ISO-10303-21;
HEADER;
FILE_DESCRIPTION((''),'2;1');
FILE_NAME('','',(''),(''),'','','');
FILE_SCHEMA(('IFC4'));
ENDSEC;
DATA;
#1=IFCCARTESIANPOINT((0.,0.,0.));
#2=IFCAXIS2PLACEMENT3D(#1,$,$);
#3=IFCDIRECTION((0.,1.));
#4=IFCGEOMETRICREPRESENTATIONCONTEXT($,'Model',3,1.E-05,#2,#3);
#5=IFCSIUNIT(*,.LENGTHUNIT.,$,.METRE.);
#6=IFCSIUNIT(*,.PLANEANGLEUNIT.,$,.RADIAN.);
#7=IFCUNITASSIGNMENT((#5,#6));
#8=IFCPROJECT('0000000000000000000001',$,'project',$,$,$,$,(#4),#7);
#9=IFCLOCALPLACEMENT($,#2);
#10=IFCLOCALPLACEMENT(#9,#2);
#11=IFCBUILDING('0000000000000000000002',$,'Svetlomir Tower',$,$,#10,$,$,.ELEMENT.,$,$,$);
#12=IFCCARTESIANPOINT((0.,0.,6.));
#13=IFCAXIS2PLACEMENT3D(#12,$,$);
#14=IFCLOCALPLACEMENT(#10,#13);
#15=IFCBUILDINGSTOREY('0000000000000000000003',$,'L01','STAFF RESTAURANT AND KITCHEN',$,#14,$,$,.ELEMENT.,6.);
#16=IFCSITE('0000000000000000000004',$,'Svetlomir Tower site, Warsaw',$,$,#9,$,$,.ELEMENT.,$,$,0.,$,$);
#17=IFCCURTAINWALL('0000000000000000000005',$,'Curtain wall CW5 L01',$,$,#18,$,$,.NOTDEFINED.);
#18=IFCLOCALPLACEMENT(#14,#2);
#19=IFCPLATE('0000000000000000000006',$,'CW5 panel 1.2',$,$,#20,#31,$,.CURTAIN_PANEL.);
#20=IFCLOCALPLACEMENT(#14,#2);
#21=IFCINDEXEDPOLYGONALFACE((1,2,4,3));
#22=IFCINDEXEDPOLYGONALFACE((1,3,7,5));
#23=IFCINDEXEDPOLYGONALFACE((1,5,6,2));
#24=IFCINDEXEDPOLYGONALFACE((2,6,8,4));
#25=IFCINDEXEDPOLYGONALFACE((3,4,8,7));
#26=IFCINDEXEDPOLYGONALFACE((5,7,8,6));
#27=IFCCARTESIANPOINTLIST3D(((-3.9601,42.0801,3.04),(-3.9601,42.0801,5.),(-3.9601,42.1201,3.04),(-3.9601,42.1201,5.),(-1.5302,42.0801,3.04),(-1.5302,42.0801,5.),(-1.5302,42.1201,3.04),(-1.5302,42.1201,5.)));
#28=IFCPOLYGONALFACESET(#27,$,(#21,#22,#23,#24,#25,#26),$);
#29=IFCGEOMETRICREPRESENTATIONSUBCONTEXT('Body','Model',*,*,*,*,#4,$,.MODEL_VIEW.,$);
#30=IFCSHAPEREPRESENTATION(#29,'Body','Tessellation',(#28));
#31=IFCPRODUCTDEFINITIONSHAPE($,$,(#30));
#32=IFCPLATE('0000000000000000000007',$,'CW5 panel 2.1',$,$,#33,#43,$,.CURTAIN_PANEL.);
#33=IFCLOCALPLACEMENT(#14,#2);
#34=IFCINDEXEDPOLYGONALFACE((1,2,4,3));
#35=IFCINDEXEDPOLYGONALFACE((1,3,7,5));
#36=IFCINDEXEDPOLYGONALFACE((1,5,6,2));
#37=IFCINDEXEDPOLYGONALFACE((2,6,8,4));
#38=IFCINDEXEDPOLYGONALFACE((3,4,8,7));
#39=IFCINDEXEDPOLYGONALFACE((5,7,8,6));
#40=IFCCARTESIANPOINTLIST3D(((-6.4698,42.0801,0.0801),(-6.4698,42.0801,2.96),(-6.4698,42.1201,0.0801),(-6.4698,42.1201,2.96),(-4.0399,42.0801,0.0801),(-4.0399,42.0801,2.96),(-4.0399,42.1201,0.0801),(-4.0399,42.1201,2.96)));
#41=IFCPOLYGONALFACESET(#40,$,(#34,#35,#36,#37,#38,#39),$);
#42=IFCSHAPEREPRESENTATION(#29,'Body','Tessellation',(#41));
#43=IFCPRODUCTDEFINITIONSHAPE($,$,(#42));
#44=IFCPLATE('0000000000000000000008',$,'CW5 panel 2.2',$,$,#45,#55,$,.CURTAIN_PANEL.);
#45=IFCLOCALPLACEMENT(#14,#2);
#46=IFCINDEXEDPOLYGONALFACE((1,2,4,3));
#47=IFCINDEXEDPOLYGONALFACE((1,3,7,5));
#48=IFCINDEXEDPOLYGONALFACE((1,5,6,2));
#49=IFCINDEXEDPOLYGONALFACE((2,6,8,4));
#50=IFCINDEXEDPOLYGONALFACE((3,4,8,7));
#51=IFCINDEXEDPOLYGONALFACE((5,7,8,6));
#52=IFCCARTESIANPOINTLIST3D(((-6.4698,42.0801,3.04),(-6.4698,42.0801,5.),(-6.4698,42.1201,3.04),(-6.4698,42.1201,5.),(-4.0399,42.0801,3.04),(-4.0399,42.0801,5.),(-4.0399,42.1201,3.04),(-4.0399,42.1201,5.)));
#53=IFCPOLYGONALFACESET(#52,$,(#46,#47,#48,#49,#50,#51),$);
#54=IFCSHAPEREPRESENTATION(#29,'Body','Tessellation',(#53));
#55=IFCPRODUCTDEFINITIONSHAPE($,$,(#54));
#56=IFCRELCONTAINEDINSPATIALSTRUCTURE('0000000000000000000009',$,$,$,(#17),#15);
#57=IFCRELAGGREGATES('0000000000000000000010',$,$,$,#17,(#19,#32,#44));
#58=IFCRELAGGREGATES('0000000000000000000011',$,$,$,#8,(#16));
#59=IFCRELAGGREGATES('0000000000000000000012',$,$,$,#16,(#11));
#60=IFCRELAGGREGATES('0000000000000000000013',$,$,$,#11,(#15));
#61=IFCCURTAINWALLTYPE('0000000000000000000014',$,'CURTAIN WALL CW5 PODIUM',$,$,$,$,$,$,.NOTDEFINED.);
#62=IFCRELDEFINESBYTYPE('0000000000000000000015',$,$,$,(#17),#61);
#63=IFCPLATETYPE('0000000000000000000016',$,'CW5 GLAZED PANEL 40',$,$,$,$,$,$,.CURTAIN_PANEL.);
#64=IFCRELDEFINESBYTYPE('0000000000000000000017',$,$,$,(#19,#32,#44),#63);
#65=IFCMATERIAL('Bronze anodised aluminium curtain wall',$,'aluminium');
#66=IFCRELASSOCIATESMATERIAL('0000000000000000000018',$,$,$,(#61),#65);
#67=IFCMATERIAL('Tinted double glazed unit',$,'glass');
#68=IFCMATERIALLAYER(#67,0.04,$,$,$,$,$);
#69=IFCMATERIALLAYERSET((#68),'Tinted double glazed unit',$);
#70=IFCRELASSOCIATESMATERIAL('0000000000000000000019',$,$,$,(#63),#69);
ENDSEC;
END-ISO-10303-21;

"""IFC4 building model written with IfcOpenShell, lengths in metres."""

from ifc_helpers import new_model, si_unit, direction, frame, origin, origin_2d, place, context, subcontext, project, spatial, rectangle, extrude, material, layer, layer_set, type_object, element, aggregate, save


model = new_model("IFC4")

# Units and contexts
model_context = context("Model", 3, precision=1e-05, world=origin(), true_north=direction((0.0, 1.0)))
body_context = subcontext(model_context, "Body", "Model", "MODEL_VIEW")
ifc_project = project(units=[si_unit("LENGTHUNIT", "METRE"), si_unit("PLANEANGLEUNIT", "RADIAN")], contexts=[model_context])

# Site, building, storey
site_placement = place(None, origin())
site = spatial("IfcSite", under=ifc_project, at=site_placement, Name="Svetlomir Tower site, Warsaw", CompositionType="ELEMENT", RefElevation=0.0)
building_placement = place(site_placement, origin())
building = spatial("IfcBuilding", under=site, at=building_placement, Name="Svetlomir Tower", CompositionType="ELEMENT")
storey_placement = place(building_placement, frame((0.0, 0.0, 6.0)))
storey = spatial("IfcBuildingStorey", under=building, at=storey_placement, Name="L01", Description="STAFF RESTAURANT AND KITCHEN", CompositionType="ELEMENT", Elevation=6.0)

# Shared definitions
ifc_material_1 = material(Name="Bronze anodised aluminium curtain wall", Category="aluminium")
curtain_wall_type = type_object("IfcCurtainWallType", Name="CURTAIN WALL CW5 PODIUM", PredefinedType="NOTDEFINED", material=ifc_material_1)

# Curtain wall
curtain_wall_1_placement = place(storey_placement, origin())
curtain_wall_1 = element("IfcCurtainWall", 1, at=curtain_wall_1_placement, inside=storey, type_object=curtain_wall_type, Name="Curtain wall CW5 L01", PredefinedType="NOTDEFINED")

# Plates
ifc_material_2 = material(Name="Tinted double glazed unit", Category="glass")
ifc_layer = layer(ifc_material_2, 0.04)
ifc_layer_set = layer_set([ifc_layer], Name="Tinted double glazed unit")
plate_type = type_object("IfcPlateType", Name="CW5 GLAZED PANEL 40", PredefinedType="CURTAIN_PANEL", material=ifc_layer_set)
plate_1_placement = place(storey_placement, frame((-2.7451, 42.1001, 3.04), z_axis=(0.0, 0.0, 1.0), x_axis=(-1.0, 0.0, 0.0)))
plate_1 = element("IfcPlate", 2, at=plate_1_placement, type_object=plate_type, Name="CW5 panel 1.2", PredefinedType="CURTAIN_PANEL", context=body_context, shape_type="SweptSolid", body=[
    extrude(rectangle(XDim=2.4299, YDim=0.04, at=origin_2d()), origin(), (0.0, 0.0, 1.0), 1.96),
])
plate_2_placement = place(storey_placement, frame((-5.2549, 42.1001, 0.0801), z_axis=(0.0, 0.0, 1.0), x_axis=(-1.0, 0.0, 0.0)))
plate_2 = element("IfcPlate", 3, at=plate_2_placement, type_object=plate_type, Name="CW5 panel 2.1", PredefinedType="CURTAIN_PANEL", context=body_context, shape_type="SweptSolid", body=[
    extrude(rectangle(XDim=2.4299, YDim=0.04, at=origin_2d()), origin(), (0.0, 0.0, 1.0), 2.8799),
])
plate_3_placement = place(storey_placement, frame((-5.2549, 42.1001, 3.04), z_axis=(0.0, 0.0, 1.0), x_axis=(-1.0, 0.0, 0.0)))
plate_3 = element("IfcPlate", 4, at=plate_3_placement, type_object=plate_type, Name="CW5 panel 2.2", PredefinedType="CURTAIN_PANEL", context=body_context, shape_type="SweptSolid", body=[
    extrude(rectangle(XDim=2.4299, YDim=0.04, at=origin_2d()), origin(), (0.0, 0.0, 1.0), 1.96),
])
aggregate(curtain_wall_1, [plate_1, plate_2, plate_3])

save(model, "model.ifc")
